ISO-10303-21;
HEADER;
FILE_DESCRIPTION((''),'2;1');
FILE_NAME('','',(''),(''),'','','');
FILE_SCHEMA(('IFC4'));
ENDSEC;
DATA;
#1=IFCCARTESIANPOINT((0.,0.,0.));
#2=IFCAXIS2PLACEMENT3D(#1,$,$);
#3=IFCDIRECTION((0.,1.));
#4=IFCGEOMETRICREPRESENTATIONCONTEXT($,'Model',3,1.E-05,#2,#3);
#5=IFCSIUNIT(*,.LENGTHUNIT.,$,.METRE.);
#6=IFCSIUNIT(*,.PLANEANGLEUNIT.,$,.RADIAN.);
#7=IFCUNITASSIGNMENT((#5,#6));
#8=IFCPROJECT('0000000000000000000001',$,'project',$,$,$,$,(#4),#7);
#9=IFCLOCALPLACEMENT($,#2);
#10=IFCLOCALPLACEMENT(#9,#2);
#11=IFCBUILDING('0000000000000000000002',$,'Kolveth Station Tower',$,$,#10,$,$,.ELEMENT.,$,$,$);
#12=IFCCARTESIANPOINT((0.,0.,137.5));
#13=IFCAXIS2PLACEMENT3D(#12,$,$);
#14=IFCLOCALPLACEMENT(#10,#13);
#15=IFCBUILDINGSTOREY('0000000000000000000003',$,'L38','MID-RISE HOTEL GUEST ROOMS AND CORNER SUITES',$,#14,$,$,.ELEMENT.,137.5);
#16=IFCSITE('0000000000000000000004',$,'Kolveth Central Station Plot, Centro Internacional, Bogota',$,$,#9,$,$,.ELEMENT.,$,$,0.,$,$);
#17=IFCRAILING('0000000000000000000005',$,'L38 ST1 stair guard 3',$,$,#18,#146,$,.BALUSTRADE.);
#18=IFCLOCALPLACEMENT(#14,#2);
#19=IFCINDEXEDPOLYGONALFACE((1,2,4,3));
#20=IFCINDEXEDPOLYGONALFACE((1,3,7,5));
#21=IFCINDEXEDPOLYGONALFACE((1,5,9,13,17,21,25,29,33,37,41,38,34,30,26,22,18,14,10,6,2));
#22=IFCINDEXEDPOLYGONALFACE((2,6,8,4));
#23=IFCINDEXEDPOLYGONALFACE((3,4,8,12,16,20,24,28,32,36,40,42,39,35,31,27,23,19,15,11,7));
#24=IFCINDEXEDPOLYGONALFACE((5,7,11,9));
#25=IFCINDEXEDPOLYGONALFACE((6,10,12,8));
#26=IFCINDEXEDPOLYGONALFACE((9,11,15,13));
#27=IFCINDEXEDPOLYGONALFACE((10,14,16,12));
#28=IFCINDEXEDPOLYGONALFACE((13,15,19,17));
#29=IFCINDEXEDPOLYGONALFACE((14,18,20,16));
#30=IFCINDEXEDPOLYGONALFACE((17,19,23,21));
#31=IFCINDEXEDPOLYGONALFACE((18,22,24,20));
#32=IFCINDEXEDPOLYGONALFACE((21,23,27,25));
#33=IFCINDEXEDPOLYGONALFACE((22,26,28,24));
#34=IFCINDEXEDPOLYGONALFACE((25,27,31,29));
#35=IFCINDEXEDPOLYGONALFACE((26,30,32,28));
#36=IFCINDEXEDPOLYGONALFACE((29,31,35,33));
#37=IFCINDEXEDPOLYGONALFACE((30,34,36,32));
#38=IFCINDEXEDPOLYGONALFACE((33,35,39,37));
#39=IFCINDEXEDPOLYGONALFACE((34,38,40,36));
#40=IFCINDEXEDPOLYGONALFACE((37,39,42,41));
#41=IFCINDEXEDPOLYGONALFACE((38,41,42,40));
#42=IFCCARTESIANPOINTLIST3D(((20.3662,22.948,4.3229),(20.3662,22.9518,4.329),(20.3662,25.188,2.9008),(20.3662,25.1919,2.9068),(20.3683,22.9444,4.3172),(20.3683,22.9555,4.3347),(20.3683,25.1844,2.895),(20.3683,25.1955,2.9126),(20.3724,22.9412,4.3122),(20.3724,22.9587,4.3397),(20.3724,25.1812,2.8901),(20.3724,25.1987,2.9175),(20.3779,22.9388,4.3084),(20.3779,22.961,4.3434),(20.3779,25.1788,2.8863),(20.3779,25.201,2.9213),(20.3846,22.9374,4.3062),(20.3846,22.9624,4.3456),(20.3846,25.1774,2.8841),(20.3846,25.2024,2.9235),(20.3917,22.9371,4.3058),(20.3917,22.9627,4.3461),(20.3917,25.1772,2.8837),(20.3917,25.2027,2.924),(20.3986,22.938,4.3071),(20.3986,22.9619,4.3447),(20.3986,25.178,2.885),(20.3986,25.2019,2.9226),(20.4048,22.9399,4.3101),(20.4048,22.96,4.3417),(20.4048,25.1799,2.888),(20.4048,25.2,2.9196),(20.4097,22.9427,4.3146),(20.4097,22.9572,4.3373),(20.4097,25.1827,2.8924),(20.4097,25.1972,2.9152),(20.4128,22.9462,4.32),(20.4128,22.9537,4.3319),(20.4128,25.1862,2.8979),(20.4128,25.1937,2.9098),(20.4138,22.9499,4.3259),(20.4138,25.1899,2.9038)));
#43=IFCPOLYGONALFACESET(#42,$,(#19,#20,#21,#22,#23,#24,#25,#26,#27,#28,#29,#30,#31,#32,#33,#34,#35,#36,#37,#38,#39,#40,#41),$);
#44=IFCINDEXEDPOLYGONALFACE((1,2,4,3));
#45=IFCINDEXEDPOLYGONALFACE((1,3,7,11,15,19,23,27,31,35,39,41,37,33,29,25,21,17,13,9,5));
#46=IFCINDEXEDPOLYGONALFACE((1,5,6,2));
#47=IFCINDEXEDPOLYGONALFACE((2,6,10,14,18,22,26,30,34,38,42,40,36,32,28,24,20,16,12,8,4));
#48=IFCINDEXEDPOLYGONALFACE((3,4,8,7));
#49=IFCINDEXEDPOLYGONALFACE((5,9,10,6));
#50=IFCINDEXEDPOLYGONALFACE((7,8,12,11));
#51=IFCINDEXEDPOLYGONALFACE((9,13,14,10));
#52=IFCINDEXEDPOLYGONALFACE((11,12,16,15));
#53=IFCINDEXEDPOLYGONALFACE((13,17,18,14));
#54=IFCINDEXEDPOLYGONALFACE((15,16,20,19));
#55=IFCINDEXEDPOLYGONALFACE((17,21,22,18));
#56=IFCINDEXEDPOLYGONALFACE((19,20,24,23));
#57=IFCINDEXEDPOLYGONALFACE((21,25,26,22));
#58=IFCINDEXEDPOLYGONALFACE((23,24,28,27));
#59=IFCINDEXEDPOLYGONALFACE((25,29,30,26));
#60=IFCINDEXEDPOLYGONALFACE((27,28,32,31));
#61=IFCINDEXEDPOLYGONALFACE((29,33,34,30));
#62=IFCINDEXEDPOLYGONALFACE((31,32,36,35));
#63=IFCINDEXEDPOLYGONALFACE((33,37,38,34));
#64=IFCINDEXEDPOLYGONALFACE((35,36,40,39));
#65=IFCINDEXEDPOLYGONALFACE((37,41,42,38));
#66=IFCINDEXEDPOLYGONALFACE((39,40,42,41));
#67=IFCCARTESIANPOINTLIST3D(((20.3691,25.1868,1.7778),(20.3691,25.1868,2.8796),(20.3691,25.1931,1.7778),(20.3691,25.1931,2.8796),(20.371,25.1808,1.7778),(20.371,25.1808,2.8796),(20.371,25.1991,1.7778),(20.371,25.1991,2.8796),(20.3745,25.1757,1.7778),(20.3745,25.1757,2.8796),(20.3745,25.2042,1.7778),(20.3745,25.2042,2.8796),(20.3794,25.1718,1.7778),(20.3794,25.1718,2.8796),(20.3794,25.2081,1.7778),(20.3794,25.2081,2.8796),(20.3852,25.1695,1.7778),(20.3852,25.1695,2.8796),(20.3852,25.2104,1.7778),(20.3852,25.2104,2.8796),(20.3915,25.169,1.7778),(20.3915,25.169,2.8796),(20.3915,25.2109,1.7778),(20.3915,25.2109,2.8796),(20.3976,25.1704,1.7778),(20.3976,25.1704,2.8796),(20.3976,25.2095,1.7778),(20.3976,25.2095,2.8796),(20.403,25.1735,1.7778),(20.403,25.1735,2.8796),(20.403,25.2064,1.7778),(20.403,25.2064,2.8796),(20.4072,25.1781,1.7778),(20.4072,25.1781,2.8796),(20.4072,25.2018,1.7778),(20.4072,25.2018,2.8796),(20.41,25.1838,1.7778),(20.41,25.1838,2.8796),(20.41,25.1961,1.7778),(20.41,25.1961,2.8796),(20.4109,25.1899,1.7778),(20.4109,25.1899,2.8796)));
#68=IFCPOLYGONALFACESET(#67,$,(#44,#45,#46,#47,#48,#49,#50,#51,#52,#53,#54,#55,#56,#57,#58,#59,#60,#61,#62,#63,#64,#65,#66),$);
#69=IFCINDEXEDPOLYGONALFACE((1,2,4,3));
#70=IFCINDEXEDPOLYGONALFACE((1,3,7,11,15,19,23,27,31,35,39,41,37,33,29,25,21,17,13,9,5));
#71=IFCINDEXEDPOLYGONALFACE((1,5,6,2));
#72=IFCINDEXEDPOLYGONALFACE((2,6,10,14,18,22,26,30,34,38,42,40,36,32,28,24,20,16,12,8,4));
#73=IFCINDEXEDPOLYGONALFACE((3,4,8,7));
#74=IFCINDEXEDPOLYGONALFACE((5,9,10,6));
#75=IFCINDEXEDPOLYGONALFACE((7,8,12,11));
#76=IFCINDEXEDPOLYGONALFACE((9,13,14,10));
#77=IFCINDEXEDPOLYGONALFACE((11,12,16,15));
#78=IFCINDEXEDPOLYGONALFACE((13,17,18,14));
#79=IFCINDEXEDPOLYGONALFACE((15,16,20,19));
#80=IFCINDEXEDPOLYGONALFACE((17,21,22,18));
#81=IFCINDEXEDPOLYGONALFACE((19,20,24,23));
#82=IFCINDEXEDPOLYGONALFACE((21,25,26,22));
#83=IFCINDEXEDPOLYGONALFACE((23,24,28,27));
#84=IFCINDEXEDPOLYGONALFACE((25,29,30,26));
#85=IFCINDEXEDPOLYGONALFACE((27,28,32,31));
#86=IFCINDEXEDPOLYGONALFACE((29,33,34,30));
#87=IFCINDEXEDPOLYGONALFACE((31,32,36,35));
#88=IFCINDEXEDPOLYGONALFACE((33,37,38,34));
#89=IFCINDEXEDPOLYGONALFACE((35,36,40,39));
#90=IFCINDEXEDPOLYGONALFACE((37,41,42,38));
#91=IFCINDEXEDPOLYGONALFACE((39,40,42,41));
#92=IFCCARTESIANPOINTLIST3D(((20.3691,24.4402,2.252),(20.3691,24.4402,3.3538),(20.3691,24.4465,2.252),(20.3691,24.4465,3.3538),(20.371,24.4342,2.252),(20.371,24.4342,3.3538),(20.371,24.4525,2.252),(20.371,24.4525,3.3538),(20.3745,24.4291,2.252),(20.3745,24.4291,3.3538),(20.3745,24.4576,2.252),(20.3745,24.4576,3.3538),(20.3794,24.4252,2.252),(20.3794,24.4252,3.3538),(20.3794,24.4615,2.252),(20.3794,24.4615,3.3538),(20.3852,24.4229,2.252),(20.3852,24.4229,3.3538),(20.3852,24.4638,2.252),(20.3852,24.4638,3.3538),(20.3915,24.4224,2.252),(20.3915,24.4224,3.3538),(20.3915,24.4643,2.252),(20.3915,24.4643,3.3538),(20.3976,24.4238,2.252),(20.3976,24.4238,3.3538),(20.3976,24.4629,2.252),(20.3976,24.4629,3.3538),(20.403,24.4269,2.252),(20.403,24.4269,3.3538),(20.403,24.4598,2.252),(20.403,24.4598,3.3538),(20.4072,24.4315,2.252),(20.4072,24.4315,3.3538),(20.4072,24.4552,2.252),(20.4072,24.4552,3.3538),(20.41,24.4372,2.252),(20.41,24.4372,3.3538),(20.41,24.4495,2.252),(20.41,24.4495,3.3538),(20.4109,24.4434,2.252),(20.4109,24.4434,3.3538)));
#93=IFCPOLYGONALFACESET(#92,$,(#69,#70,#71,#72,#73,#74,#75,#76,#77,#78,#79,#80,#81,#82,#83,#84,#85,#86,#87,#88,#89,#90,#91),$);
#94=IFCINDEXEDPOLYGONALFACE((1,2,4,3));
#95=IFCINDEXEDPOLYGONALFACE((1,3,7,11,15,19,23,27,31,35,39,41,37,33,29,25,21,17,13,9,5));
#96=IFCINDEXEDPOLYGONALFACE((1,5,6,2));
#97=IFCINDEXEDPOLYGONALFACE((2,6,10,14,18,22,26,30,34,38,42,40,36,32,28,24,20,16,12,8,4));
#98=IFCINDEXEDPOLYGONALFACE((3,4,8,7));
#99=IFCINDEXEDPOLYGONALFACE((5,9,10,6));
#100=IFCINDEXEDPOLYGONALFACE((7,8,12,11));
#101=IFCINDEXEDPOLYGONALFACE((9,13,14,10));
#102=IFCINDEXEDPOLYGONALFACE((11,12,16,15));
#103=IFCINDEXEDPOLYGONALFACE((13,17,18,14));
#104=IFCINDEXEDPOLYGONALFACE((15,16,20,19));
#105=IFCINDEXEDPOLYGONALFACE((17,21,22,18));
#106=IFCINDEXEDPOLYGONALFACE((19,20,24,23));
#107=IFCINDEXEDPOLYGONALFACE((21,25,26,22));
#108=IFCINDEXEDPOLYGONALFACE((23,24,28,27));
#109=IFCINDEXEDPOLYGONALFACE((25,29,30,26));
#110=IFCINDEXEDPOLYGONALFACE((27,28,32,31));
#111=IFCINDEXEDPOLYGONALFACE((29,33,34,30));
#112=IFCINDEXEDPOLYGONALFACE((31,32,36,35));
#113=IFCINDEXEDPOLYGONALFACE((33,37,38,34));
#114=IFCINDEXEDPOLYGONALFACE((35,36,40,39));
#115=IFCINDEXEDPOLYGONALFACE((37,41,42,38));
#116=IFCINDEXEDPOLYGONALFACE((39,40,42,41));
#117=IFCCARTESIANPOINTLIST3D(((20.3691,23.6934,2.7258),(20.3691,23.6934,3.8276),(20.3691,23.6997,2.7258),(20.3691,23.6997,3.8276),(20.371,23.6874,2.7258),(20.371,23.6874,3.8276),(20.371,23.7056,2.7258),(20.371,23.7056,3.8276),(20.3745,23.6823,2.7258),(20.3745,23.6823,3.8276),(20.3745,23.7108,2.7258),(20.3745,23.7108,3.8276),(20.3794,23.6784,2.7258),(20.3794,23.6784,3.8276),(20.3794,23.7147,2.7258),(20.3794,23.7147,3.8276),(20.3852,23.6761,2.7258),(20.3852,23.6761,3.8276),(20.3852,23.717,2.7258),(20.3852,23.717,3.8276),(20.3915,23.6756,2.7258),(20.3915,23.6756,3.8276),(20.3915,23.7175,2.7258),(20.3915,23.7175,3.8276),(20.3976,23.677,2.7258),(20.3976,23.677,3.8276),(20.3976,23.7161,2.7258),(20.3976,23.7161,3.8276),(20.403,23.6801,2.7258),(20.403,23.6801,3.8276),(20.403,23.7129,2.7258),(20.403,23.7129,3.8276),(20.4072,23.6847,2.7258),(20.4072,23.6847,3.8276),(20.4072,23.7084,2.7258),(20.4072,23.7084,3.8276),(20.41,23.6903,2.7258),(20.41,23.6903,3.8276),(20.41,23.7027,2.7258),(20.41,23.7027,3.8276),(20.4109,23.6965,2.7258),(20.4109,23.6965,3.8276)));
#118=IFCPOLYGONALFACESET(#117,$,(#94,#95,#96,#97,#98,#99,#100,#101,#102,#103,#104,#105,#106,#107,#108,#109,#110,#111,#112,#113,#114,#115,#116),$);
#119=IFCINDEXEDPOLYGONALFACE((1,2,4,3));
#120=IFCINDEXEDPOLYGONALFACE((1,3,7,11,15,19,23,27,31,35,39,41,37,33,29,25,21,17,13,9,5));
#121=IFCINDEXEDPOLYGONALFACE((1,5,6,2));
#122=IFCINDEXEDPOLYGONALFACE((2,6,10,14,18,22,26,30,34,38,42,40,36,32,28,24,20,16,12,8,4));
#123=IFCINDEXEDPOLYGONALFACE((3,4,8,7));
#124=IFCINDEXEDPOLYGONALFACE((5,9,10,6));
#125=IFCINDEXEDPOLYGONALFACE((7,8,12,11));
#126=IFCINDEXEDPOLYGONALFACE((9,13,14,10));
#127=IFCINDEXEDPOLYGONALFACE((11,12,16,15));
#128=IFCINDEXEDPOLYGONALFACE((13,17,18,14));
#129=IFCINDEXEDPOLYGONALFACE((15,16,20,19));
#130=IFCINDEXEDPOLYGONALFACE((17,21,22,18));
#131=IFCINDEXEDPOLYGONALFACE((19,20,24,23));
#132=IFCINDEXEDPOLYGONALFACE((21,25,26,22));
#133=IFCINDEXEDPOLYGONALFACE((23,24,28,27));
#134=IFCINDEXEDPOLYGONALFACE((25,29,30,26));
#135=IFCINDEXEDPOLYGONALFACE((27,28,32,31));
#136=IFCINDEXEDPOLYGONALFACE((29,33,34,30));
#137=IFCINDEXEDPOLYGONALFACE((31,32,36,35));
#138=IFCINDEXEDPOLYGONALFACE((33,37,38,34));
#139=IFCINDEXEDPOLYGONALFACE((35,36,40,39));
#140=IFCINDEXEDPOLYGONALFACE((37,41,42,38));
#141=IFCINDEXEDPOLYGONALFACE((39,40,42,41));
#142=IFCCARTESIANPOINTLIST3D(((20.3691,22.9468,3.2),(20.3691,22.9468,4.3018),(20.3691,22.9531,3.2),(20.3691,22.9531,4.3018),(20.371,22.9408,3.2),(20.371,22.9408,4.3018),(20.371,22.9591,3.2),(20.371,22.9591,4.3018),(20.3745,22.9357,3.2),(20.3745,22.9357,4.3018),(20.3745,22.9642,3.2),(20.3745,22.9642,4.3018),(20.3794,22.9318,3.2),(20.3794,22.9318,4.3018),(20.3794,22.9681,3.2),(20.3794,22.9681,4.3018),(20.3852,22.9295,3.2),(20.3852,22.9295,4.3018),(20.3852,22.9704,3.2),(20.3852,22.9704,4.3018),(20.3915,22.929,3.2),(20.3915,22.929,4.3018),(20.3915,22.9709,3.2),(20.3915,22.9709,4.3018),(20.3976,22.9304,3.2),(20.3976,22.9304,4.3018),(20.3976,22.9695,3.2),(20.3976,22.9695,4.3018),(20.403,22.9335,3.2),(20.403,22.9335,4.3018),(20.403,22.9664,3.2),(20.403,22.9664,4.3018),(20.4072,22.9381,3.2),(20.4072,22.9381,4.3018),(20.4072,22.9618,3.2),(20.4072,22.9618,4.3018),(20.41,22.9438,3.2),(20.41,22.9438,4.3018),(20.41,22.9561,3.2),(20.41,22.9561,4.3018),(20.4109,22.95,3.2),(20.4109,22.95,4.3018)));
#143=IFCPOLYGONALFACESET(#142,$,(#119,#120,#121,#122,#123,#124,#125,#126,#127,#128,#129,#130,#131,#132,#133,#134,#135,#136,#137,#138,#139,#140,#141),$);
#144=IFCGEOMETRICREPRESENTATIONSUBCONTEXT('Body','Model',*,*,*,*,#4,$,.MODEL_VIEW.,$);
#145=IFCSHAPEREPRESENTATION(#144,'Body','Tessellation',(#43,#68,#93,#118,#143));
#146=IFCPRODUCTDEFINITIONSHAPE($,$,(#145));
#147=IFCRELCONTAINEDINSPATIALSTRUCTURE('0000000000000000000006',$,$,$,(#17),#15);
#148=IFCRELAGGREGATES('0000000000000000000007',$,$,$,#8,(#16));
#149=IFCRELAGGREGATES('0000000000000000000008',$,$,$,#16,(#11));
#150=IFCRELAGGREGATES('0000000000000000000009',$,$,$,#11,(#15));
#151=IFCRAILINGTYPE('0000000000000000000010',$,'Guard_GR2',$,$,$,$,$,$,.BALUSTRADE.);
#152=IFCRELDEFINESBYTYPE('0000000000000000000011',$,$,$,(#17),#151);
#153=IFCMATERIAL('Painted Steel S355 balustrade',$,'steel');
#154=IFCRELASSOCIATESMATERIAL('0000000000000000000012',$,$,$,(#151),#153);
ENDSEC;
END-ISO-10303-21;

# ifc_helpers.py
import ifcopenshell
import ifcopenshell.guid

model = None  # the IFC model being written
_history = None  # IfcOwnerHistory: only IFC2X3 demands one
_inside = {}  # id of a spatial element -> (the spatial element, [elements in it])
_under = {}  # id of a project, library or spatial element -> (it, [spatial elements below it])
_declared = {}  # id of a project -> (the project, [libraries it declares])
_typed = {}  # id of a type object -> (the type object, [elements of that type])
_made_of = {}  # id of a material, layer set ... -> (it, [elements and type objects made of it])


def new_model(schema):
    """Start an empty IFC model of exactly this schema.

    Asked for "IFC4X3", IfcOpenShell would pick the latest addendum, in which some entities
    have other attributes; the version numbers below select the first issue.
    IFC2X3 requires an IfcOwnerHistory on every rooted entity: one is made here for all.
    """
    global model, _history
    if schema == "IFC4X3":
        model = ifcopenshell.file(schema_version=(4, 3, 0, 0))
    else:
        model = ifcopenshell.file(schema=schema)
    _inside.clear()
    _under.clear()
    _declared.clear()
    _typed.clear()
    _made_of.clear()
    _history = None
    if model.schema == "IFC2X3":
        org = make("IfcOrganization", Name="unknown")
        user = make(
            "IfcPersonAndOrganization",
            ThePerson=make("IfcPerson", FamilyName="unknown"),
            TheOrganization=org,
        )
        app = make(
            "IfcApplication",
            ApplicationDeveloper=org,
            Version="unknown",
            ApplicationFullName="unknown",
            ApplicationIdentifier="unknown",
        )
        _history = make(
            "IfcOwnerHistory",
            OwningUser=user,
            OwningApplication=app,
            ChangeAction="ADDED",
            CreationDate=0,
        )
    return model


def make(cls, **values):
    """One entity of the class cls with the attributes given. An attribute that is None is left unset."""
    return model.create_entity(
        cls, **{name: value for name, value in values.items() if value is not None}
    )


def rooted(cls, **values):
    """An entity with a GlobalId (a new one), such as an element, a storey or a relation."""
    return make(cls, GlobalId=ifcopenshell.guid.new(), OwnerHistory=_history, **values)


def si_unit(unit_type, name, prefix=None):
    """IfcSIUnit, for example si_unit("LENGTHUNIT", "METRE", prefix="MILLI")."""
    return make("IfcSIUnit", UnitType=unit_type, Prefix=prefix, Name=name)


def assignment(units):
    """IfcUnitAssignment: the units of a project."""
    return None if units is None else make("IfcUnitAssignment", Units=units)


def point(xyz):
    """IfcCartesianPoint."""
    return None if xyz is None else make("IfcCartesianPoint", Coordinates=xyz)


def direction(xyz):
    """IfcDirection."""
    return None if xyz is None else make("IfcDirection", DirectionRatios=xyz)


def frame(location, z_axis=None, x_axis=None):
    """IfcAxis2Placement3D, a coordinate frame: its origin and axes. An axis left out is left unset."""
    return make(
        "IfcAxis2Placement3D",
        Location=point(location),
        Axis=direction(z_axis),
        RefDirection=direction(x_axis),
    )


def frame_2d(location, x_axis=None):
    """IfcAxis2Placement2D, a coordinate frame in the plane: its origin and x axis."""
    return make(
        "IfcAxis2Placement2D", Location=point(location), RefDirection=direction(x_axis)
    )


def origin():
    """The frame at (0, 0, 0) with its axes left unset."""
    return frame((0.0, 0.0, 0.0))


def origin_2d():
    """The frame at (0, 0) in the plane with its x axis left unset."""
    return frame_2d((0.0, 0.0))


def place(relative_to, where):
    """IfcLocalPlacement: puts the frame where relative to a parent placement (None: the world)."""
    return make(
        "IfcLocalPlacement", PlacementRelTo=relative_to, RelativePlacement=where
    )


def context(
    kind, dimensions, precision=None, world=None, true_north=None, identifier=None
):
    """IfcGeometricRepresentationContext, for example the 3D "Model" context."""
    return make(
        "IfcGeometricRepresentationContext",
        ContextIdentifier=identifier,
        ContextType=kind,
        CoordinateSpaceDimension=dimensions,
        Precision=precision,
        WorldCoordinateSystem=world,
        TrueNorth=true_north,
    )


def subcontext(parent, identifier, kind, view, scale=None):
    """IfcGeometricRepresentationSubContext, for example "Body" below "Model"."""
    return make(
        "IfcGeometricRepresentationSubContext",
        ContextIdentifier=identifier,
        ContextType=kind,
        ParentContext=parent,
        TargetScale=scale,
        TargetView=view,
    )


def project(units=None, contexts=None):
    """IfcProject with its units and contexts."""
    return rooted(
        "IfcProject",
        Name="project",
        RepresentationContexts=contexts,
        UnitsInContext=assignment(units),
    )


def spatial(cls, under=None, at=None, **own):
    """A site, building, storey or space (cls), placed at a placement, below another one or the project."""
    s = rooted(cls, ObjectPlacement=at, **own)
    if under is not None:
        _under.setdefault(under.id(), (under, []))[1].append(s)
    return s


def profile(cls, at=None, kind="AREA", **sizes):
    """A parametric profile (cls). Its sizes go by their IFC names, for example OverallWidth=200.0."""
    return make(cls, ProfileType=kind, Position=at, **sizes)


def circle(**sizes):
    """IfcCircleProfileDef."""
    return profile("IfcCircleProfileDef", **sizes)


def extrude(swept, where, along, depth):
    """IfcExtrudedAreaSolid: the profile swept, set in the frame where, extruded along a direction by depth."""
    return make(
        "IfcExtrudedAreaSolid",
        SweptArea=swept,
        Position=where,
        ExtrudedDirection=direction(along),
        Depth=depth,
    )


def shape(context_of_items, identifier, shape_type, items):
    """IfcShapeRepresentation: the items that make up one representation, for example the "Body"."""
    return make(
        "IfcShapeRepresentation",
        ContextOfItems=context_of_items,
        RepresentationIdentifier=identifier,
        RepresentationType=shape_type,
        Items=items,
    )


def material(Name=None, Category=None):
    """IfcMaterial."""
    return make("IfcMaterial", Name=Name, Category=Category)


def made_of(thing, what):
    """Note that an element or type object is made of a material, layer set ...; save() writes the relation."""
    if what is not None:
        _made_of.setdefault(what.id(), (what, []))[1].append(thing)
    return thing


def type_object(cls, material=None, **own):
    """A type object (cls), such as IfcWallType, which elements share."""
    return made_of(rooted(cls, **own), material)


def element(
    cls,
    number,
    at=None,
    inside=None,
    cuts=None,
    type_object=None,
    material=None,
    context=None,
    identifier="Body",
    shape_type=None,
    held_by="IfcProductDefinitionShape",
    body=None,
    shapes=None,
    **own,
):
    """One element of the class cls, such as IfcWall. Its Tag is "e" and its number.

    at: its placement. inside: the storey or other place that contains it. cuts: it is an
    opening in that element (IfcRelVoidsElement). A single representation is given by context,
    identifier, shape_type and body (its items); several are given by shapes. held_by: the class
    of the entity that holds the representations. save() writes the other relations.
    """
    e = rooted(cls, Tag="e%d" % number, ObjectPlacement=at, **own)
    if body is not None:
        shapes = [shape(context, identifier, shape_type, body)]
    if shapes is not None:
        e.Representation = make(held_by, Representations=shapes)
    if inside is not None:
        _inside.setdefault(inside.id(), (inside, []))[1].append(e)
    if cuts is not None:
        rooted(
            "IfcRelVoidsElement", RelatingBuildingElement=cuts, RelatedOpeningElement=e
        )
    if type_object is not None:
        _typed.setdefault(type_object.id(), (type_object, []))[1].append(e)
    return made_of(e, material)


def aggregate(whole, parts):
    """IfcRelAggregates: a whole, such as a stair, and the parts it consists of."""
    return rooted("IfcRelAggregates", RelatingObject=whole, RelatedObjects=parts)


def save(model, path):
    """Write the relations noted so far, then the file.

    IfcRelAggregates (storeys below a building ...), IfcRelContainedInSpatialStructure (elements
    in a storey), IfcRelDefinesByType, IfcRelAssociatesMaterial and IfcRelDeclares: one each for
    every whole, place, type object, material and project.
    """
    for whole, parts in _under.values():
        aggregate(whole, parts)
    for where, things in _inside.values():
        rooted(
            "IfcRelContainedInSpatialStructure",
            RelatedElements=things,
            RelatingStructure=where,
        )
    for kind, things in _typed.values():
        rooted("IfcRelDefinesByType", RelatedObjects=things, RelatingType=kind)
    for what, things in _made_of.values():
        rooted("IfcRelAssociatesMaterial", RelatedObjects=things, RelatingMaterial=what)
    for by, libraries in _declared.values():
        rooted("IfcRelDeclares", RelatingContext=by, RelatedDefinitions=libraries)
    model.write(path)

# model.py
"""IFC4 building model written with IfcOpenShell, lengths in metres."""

from ifc_helpers import new_model, si_unit, direction, frame, origin, origin_2d, place, context, subcontext, project, spatial, circle, extrude, material, type_object, element, save


model = new_model("IFC4")

# Units and contexts
model_context = context("Model", 3, precision=1e-05, world=origin(), true_north=direction((0.0, 1.0)))
body_context = subcontext(model_context, "Body", "Model", "MODEL_VIEW")
ifc_project = project(units=[si_unit("LENGTHUNIT", "METRE"), si_unit("PLANEANGLEUNIT", "RADIAN")], contexts=[model_context])

# Site, building, storey
site_placement = place(None, origin())
site = spatial("IfcSite", under=ifc_project, at=site_placement, Name="Kolveth Central Station Plot, Centro Internacional, Bogota", CompositionType="ELEMENT", RefElevation=0.0)
building_placement = place(site_placement, origin())
building = spatial("IfcBuilding", under=site, at=building_placement, Name="Kolveth Station Tower", CompositionType="ELEMENT")
storey_placement = place(building_placement, frame((0.0, 0.0, 137.5)))
storey = spatial("IfcBuildingStorey", under=building, at=storey_placement, Name="L38", Description="MID-RISE HOTEL GUEST ROOMS AND CORNER SUITES", CompositionType="ELEMENT", Elevation=137.5)

# Railing
ifc_material_1 = material(Name="Painted Steel S355 balustrade", Category="steel")
railing_type_1 = type_object("IfcRailingType", Name="Guard_GR2", PredefinedType="BALUSTRADE", material=ifc_material_1)
railing_1_placement = place(storey_placement, frame((20.3899, 25.1899, 1.7778)))
element("IfcRailing", 1, at=railing_1_placement, inside=storey, type_object=railing_type_1, Name="L38 ST1 stair guard 3", PredefinedType="BALUSTRADE", context=body_context, shape_type="SweptSolid", body=[
    extrude(circle(Radius=0.0239, at=origin_2d()), frame((0.0, 0.0, 1.126), z_axis=(0.0, -0.844229, 0.535982), x_axis=(1.0, 0.0, 0.0)), (0.0, 0.0, 1.0), 2.6533),
    extrude(circle(Radius=0.021, at=origin_2d()), origin(), (0.0, 0.0, 1.0), 1.1018),
    extrude(circle(Radius=0.021, at=origin_2d()), frame((0.0, -0.7466, 0.4741)), (0.0, 0.0, 1.0), 1.1018),
    extrude(circle(Radius=0.021, at=origin_2d()), frame((0.0, -1.4934, 0.948)), (0.0, 0.0, 1.0), 1.1018),
    extrude(circle(Radius=0.021, at=origin_2d()), frame((0.0, -2.24, 1.4221)), (0.0, 0.0, 1.0), 1.1018),
])

save(model, "model.ifc")
